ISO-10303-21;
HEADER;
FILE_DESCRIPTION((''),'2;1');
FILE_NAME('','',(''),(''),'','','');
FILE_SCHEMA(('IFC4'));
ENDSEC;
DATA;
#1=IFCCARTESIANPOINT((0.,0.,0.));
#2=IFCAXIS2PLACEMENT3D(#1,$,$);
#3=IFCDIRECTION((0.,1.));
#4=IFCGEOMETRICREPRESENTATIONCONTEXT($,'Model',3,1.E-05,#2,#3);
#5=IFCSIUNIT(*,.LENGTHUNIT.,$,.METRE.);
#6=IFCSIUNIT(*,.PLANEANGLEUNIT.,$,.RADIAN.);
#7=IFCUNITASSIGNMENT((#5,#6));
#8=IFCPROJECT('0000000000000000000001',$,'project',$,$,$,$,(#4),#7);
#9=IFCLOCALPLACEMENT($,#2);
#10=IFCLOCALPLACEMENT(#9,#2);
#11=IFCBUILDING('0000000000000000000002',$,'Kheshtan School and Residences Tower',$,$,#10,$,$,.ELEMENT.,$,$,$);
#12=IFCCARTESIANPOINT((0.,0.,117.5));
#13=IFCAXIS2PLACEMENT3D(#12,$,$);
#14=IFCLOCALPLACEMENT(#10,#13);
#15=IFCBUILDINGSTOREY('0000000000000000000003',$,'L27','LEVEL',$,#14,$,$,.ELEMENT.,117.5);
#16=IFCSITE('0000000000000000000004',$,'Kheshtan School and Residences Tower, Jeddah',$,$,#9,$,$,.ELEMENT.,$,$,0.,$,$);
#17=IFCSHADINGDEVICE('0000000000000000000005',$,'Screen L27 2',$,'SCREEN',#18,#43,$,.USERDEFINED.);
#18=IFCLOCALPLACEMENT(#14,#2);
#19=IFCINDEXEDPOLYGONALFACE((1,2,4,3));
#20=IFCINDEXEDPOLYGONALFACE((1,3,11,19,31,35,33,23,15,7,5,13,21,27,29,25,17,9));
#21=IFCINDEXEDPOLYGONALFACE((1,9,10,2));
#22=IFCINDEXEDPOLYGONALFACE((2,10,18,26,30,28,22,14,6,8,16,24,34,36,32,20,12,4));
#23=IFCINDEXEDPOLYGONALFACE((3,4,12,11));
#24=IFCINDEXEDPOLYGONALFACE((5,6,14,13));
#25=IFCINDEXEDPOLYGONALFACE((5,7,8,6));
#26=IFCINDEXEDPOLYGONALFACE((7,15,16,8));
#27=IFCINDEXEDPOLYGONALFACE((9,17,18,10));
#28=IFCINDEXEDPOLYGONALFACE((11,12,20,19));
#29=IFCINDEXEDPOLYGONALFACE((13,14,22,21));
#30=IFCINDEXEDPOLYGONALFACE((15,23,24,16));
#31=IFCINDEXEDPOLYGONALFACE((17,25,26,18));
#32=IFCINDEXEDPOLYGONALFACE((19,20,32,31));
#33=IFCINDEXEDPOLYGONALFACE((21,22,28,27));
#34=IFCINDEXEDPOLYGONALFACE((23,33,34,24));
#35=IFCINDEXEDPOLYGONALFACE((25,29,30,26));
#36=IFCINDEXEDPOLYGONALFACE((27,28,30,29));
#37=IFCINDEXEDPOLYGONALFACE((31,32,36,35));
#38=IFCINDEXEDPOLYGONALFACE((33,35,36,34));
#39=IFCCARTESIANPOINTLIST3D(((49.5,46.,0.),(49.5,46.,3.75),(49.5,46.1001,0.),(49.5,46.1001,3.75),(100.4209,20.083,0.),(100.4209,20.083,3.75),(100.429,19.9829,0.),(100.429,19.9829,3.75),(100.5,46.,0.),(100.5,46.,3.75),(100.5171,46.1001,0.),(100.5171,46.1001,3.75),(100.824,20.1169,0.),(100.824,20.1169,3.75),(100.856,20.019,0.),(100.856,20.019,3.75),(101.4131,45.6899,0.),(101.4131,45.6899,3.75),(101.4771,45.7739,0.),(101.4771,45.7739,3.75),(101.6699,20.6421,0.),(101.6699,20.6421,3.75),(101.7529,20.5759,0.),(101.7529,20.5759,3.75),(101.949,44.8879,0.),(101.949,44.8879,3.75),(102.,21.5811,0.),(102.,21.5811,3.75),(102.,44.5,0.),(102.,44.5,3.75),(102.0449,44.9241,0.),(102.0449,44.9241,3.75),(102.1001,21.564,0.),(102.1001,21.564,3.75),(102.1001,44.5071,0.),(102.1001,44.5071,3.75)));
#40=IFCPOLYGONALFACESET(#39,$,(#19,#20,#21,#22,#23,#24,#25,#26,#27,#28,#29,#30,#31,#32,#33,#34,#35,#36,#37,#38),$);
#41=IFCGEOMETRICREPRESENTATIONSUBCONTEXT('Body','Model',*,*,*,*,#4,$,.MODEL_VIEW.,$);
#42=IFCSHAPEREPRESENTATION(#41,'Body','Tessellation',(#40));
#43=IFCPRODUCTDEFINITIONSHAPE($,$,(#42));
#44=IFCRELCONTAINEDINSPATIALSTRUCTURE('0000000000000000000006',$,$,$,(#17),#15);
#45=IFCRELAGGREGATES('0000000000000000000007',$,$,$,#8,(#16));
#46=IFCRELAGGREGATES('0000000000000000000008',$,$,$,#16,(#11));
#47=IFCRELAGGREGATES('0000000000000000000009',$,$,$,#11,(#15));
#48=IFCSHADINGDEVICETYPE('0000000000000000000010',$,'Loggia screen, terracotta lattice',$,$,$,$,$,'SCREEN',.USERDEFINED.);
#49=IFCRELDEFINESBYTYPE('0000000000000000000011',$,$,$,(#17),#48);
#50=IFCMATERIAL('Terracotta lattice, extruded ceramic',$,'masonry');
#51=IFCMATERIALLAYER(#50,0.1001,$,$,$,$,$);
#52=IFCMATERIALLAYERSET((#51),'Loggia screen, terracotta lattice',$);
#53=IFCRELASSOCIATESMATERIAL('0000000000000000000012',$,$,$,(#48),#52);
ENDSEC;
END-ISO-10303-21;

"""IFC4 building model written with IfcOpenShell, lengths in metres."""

from ifc_helpers import new_model, si_unit, direction, frame, origin, place, context, subcontext, project, spatial, polyline, outline, extrude, material, layer, layer_set, type_object, element, save


model = new_model("IFC4")

# Units and contexts
model_context = context("Model", 3, precision=1e-05, world=origin(), true_north=direction((0.0, 1.0)))
body_context = subcontext(model_context, "Body", "Model", "MODEL_VIEW")
ifc_project = project(units=[si_unit("LENGTHUNIT", "METRE"), si_unit("PLANEANGLEUNIT", "RADIAN")], contexts=[model_context])

# Site, building, storey
site_placement = place(None, origin())
site = spatial("IfcSite", under=ifc_project, at=site_placement, Name="Kheshtan School and Residences Tower, Jeddah", CompositionType="ELEMENT", RefElevation=0.0)
building_placement = place(site_placement, origin())
building = spatial("IfcBuilding", under=site, at=building_placement, Name="Kheshtan School and Residences Tower", CompositionType="ELEMENT")
storey_placement = place(building_placement, frame((0.0, 0.0, 117.5)))
storey = spatial("IfcBuildingStorey", under=building, at=storey_placement, Name="L27", Description="LEVEL", CompositionType="ELEMENT", Elevation=117.5)

# Shading device
ifc_material_1 = material(Name="Terracotta lattice, extruded ceramic", Category="masonry")
ifc_layer_1 = layer(ifc_material_1, 0.1001)
ifc_layer_set_1 = layer_set([ifc_layer_1], Name="Loggia screen, terracotta lattice")
shading_device_type_1 = type_object("IfcShadingDeviceType", Name="Loggia screen, terracotta lattice", ElementType="SCREEN", PredefinedType="USERDEFINED", material=ifc_layer_set_1)
shading_device_1_placement = place(storey_placement, origin())
element("IfcShadingDevice", 1, at=shading_device_1_placement, inside=storey, type_object=shading_device_type_1, Name="Screen L27 2", ObjectType="SCREEN", PredefinedType="USERDEFINED", context=body_context, shape_type="SweptSolid", body=[
    extrude(outline(polyline([(49.5, 46.0), (100.5, 46.0), (101.4131, 45.6899), (101.949, 44.8879), (102.0, 44.5), (102.0, 21.5811), (101.6699, 20.6421), (100.824, 20.1169), (100.4209, 20.083), (100.429, 19.9829), (100.856, 20.019), (101.7529, 20.5759), (102.1001, 21.564), (102.1001, 44.5071), (102.0449, 44.9241), (101.4771, 45.7739), (100.5171, 46.1001), (49.5, 46.1001), (49.5, 46.0)])), origin(), (0.0, 0.0, 1.0), 3.75),
])

save(model, "model.ifc")
